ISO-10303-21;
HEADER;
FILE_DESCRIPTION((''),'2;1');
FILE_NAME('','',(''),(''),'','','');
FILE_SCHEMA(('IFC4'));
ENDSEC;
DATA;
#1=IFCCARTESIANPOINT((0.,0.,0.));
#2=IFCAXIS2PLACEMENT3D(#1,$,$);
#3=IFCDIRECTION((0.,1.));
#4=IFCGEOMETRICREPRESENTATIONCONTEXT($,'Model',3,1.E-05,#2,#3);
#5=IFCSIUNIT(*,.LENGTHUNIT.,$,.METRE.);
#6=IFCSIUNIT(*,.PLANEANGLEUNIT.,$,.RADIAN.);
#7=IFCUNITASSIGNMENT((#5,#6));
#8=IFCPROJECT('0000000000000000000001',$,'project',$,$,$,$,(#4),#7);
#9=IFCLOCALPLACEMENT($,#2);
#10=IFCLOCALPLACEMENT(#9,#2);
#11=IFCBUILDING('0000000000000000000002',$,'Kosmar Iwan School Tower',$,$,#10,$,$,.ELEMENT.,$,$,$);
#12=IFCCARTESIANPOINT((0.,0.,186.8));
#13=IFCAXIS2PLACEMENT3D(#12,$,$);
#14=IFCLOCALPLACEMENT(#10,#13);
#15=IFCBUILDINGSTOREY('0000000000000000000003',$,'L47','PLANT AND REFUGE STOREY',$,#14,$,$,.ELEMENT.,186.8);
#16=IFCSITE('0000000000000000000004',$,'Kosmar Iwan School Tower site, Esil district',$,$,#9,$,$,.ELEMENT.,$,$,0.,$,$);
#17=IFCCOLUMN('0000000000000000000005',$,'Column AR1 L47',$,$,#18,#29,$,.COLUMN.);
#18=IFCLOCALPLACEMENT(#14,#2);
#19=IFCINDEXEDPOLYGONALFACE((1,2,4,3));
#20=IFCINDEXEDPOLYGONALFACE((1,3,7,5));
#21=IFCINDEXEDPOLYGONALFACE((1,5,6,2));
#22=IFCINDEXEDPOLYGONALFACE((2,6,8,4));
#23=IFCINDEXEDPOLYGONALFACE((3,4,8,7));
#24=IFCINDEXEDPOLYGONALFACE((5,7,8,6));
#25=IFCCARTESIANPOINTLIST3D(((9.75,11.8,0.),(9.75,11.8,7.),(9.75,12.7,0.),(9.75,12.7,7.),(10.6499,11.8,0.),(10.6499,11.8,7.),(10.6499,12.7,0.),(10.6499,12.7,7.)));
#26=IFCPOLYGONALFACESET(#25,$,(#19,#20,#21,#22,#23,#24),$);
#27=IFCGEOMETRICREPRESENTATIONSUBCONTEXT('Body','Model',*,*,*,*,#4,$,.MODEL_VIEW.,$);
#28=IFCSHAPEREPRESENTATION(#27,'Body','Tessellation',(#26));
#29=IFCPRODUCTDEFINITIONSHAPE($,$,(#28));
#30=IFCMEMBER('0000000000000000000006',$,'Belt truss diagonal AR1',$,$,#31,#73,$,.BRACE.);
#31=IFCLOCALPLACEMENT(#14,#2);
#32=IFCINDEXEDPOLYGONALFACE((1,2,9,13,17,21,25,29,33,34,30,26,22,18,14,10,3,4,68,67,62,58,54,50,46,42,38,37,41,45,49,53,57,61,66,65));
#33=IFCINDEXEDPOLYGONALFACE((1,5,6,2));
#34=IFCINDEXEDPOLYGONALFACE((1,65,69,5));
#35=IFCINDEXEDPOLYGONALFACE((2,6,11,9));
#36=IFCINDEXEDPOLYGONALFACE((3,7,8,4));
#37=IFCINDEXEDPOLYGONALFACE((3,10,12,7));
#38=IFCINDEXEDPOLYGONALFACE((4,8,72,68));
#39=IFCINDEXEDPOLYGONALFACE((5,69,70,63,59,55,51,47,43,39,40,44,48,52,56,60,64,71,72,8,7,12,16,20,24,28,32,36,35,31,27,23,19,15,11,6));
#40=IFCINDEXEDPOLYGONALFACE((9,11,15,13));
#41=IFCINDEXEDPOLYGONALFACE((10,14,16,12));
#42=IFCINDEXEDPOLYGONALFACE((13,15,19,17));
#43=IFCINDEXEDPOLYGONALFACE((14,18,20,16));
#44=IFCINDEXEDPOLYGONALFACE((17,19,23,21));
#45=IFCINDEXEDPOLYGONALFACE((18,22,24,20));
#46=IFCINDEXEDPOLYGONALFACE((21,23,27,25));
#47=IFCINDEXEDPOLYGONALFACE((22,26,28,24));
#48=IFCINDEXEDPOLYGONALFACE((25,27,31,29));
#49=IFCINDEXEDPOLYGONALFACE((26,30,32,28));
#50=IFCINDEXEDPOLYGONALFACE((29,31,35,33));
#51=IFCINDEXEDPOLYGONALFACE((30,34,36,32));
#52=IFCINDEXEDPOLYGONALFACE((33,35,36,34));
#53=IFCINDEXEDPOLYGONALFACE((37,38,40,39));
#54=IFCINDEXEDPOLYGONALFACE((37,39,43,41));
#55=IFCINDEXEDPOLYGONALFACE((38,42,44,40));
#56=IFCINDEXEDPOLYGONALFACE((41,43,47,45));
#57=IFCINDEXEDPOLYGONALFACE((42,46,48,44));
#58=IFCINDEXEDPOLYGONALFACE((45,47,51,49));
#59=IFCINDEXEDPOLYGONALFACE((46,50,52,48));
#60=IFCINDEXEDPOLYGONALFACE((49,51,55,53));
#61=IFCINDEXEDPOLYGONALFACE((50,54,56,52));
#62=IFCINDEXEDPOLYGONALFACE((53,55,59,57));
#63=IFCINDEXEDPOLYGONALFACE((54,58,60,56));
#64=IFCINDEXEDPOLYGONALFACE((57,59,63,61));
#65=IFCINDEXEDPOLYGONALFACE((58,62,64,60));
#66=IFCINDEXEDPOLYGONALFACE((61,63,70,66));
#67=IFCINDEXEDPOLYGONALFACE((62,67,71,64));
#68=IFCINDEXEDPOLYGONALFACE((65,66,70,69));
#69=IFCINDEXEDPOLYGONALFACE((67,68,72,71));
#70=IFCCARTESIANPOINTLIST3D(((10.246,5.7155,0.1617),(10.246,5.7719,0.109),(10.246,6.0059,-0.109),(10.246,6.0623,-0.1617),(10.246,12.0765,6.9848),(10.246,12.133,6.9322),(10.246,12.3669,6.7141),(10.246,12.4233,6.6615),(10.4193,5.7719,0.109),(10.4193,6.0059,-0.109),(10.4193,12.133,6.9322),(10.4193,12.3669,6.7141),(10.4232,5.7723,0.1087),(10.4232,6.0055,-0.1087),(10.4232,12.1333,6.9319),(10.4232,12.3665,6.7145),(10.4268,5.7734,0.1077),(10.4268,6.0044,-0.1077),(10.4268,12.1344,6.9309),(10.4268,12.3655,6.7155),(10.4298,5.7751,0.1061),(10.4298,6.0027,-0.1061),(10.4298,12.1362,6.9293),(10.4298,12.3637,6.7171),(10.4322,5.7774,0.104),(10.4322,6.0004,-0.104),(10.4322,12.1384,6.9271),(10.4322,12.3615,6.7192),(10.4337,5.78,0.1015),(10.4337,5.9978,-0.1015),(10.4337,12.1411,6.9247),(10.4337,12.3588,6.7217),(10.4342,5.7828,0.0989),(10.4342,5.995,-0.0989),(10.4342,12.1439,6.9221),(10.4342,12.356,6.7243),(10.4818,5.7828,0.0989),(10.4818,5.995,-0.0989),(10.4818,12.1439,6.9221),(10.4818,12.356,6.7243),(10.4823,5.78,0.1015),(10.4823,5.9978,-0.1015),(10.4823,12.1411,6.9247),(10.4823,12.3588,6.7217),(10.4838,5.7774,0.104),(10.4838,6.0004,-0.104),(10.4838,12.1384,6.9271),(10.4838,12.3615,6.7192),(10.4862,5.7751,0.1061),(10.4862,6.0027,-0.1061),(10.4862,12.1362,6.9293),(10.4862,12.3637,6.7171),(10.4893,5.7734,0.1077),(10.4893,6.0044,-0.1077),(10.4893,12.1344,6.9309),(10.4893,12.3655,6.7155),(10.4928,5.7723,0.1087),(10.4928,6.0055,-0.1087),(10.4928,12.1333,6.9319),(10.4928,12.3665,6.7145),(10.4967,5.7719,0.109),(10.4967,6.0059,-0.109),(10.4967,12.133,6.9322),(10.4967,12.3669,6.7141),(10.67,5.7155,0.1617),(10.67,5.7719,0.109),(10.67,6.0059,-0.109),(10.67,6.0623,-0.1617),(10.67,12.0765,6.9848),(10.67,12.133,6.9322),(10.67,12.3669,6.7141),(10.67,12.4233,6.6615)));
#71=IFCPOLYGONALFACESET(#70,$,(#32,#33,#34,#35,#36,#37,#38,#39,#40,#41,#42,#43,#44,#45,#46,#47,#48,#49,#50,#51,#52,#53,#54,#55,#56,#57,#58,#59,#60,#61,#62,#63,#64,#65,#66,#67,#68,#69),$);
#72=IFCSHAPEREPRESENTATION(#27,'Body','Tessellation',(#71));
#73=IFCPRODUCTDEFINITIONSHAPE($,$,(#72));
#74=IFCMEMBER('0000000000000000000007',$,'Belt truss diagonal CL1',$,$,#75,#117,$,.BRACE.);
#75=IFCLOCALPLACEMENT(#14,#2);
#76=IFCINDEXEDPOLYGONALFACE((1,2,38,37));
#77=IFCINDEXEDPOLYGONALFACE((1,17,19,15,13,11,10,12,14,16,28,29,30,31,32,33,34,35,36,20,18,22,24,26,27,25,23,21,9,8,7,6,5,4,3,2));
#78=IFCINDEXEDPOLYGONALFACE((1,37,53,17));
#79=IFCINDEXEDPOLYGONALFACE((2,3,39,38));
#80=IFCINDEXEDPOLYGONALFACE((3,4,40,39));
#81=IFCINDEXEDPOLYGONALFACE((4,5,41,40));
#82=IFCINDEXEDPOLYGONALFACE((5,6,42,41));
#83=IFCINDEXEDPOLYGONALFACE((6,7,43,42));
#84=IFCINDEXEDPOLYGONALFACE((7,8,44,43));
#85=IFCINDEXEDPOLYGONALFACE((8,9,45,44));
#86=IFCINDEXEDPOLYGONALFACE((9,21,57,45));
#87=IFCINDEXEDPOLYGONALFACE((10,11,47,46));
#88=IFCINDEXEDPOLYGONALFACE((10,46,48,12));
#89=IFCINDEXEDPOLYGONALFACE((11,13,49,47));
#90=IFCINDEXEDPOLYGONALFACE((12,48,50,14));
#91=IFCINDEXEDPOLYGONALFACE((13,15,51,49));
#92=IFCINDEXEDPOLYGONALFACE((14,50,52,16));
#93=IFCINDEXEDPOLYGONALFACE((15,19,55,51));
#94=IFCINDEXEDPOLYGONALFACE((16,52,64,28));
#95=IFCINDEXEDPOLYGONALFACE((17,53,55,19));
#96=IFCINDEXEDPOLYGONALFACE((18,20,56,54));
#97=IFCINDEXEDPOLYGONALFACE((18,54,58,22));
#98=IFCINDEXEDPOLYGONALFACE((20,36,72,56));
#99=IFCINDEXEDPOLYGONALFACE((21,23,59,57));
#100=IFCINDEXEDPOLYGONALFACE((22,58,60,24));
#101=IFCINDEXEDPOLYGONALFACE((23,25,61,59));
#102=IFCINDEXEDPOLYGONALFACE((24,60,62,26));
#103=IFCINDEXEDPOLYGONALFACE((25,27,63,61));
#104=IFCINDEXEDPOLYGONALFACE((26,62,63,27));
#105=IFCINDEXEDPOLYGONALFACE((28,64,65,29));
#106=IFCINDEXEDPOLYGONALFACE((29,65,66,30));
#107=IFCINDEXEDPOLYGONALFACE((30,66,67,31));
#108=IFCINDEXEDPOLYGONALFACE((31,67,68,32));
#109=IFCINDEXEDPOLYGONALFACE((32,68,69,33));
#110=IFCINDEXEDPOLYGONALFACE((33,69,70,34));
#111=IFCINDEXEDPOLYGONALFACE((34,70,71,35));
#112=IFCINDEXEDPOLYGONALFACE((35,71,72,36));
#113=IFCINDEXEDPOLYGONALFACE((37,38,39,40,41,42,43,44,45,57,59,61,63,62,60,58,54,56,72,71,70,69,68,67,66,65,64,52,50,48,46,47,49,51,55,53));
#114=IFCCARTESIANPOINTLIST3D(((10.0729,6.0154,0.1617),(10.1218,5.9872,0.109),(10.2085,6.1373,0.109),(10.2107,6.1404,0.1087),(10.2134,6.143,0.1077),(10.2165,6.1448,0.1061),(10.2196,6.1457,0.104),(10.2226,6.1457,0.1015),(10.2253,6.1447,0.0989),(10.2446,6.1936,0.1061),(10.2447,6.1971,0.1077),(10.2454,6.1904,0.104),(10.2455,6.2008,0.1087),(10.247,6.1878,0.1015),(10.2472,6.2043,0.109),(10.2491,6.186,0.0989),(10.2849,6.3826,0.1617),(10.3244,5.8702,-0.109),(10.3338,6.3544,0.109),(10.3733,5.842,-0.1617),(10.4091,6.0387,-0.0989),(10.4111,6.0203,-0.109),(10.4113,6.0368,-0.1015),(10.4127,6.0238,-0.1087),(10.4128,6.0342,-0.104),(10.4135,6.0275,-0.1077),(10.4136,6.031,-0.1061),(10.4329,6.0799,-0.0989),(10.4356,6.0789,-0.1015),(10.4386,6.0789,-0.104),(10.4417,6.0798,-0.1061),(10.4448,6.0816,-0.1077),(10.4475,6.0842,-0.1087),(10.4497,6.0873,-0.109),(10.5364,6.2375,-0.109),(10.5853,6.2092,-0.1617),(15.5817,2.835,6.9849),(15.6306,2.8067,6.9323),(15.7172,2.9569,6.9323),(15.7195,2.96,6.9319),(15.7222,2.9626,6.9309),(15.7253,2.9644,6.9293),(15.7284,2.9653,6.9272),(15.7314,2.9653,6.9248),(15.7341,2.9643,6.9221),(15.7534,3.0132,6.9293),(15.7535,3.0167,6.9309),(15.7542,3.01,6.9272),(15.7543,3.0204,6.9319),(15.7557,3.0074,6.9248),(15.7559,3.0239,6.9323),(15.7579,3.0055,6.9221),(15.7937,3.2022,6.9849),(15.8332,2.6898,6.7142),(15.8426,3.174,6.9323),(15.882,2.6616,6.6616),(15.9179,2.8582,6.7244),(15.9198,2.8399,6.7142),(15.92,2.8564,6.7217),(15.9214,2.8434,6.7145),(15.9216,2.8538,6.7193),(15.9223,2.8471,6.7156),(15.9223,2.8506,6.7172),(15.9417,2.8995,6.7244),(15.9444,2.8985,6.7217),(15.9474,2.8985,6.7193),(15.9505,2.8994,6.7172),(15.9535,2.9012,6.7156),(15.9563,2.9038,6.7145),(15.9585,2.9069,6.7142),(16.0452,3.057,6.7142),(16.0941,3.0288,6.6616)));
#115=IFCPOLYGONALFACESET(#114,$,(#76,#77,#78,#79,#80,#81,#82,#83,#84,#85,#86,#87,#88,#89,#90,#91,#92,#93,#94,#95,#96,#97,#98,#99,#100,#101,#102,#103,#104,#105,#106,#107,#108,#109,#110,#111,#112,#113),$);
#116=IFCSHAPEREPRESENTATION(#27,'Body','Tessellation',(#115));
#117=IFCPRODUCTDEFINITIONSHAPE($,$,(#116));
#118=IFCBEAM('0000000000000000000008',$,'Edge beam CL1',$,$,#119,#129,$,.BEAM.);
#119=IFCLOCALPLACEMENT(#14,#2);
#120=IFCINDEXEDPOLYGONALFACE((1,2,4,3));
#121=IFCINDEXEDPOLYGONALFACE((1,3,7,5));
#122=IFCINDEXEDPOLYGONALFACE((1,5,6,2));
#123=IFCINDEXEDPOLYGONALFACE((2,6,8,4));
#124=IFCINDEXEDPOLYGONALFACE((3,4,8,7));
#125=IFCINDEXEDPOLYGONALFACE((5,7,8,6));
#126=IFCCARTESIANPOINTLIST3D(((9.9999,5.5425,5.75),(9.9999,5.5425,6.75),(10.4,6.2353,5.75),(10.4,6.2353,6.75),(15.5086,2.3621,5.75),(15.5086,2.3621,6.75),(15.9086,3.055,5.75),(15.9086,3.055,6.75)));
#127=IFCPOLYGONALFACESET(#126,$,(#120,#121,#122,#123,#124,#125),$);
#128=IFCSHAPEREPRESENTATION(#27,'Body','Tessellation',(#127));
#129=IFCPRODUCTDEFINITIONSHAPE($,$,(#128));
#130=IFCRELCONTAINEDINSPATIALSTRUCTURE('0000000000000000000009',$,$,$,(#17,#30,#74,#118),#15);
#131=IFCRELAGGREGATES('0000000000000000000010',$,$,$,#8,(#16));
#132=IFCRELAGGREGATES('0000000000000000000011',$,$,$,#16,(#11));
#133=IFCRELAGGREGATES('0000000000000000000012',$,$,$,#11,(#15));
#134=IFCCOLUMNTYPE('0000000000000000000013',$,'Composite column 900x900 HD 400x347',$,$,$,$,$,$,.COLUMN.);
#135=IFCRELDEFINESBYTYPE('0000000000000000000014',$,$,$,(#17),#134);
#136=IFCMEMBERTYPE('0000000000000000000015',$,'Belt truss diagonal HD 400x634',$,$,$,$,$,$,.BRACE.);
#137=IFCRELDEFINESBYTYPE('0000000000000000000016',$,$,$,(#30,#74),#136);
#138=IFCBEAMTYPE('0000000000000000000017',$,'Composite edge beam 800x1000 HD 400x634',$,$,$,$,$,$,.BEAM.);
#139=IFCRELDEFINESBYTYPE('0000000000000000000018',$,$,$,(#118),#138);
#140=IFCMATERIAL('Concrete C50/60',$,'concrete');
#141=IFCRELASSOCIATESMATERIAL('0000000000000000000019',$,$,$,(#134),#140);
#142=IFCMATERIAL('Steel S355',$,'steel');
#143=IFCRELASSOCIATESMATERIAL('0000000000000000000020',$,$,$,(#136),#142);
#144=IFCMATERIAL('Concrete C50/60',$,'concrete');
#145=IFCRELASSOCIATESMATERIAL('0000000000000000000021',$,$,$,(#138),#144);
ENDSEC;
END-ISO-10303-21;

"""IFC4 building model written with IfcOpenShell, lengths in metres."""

from ifc_helpers import new_model, si_unit, direction, frame, origin, origin_2d, place, context, subcontext, project, spatial, rectangle, i_section, extrude, material, material_profile, profile_set, type_object, element, save


model = new_model("IFC4")

# Units and contexts
model_context = context("Model", 3, precision=1e-05, world=origin(), true_north=direction((0.0, 1.0)))
body_context = subcontext(model_context, "Body", "Model", "MODEL_VIEW")
ifc_project = project(units=[si_unit("LENGTHUNIT", "METRE"), si_unit("PLANEANGLEUNIT", "RADIAN")], contexts=[model_context])

# Site, building, storey
site_placement = place(None, origin())
site = spatial("IfcSite", under=ifc_project, at=site_placement, Name="Kosmar Iwan School Tower site, Esil district", CompositionType="ELEMENT", RefElevation=0.0)
building_placement = place(site_placement, origin())
building = spatial("IfcBuilding", under=site, at=building_placement, Name="Kosmar Iwan School Tower", CompositionType="ELEMENT")
storey_placement = place(building_placement, frame((0.0, 0.0, 186.8)))
storey = spatial("IfcBuildingStorey", under=building, at=storey_placement, Name="L47", Description="PLANT AND REFUGE STOREY", CompositionType="ELEMENT", Elevation=186.8)

# Column
ifc_material_1 = material(Name="Concrete C50/60", Category="concrete")
ifc_material_profile_1 = material_profile(ifc_material_1, rectangle(XDim=0.8999, YDim=0.8999, at=origin_2d()), Name="RC 900x900 + HD 400x347")
ifc_profile_set_1 = profile_set([ifc_material_profile_1], Name="Concrete C50/60")
column_type = type_object("IfcColumnType", Name="Composite column 900x900 HD 400x347", PredefinedType="COLUMN", material=ifc_profile_set_1)
column_placement = place(storey_placement, frame((10.2, 12.25, 0.0), z_axis=(0.0, 0.0, 1.0), x_axis=(0.0, 1.0, 0.0)))
element("IfcColumn", 1, at=column_placement, inside=storey, type_object=column_type, Name="Column AR1 L47", PredefinedType="COLUMN", context=body_context, shape_type="SweptSolid", body=[
    extrude(rectangle(XDim=0.8999, YDim=0.8999, at=origin_2d()), origin(), (0.0, 0.0, 1.0), 7.0),
])

# Members
ifc_material_2 = material(Name="Steel S355", Category="steel")
ifc_material_profile_2 = material_profile(ifc_material_2, i_section(OverallWidth=0.4241, OverallDepth=0.4741, WebThickness=0.0476, FlangeThickness=0.0771, FilletRadius=0.0149, at=origin_2d()), Name="HD 400x634")
ifc_profile_set_2 = profile_set([ifc_material_profile_2], Name="Steel S355")
member_type = type_object("IfcMemberType", Name="Belt truss diagonal HD 400x634", PredefinedType="BRACE", material=ifc_profile_set_2)
for number, where, z_axis, x_axis, name in (
    (2, (10.458, 5.8889, 0.0), (0.0, 0.681901, 0.731444), (-1.0, 0.0, 0.0), "Belt truss diagonal AR1"),
    (3, (10.3291, 6.1123, 0.0), (0.590542, -0.340941, 0.731451), (0.49999, 0.866031, 0.0), "Belt truss diagonal CL1"),
):
    element("IfcMember", number, at=place(storey_placement, frame(where, z_axis=z_axis, x_axis=x_axis)), inside=storey, type_object=member_type, Name=name, PredefinedType="BRACE", context=body_context, shape_type="SweptSolid", body=[
        extrude(i_section(OverallWidth=0.4241, OverallDepth=0.4741, WebThickness=0.0476, FlangeThickness=0.0771, FilletRadius=0.0149, at=origin_2d()), origin(), (0.0, 0.0, 1.0), 9.3284),
    ])

# Beam
ifc_material_3 = material(Name="Concrete C50/60", Category="concrete")
ifc_material_profile_3 = material_profile(ifc_material_3, rectangle(XDim=0.8, YDim=1.0, at=origin_2d()), Name="RC 800x1000 + HD 400x634")
ifc_profile_set_3 = profile_set([ifc_material_profile_3], Name="Concrete C50/60")
beam_type = type_object("IfcBeamType", Name="Composite edge beam 800x1000 HD 400x634", PredefinedType="BEAM", material=ifc_profile_set_3)
beam_placement = place(storey_placement, frame((10.2, 5.8889, 6.25), z_axis=(0.866031, -0.49999, 0.0), x_axis=(0.49999, 0.866031, 0.0)))
element("IfcBeam", 4, at=beam_placement, inside=storey, type_object=beam_type, Name="Edge beam CL1", PredefinedType="BEAM", context=body_context, shape_type="SweptSolid", body=[
    extrude(rectangle(XDim=0.8, YDim=1.0, at=origin_2d()), origin(), (0.0, 0.0, 1.0), 6.3608),
])

save(model, "model.ifc")
